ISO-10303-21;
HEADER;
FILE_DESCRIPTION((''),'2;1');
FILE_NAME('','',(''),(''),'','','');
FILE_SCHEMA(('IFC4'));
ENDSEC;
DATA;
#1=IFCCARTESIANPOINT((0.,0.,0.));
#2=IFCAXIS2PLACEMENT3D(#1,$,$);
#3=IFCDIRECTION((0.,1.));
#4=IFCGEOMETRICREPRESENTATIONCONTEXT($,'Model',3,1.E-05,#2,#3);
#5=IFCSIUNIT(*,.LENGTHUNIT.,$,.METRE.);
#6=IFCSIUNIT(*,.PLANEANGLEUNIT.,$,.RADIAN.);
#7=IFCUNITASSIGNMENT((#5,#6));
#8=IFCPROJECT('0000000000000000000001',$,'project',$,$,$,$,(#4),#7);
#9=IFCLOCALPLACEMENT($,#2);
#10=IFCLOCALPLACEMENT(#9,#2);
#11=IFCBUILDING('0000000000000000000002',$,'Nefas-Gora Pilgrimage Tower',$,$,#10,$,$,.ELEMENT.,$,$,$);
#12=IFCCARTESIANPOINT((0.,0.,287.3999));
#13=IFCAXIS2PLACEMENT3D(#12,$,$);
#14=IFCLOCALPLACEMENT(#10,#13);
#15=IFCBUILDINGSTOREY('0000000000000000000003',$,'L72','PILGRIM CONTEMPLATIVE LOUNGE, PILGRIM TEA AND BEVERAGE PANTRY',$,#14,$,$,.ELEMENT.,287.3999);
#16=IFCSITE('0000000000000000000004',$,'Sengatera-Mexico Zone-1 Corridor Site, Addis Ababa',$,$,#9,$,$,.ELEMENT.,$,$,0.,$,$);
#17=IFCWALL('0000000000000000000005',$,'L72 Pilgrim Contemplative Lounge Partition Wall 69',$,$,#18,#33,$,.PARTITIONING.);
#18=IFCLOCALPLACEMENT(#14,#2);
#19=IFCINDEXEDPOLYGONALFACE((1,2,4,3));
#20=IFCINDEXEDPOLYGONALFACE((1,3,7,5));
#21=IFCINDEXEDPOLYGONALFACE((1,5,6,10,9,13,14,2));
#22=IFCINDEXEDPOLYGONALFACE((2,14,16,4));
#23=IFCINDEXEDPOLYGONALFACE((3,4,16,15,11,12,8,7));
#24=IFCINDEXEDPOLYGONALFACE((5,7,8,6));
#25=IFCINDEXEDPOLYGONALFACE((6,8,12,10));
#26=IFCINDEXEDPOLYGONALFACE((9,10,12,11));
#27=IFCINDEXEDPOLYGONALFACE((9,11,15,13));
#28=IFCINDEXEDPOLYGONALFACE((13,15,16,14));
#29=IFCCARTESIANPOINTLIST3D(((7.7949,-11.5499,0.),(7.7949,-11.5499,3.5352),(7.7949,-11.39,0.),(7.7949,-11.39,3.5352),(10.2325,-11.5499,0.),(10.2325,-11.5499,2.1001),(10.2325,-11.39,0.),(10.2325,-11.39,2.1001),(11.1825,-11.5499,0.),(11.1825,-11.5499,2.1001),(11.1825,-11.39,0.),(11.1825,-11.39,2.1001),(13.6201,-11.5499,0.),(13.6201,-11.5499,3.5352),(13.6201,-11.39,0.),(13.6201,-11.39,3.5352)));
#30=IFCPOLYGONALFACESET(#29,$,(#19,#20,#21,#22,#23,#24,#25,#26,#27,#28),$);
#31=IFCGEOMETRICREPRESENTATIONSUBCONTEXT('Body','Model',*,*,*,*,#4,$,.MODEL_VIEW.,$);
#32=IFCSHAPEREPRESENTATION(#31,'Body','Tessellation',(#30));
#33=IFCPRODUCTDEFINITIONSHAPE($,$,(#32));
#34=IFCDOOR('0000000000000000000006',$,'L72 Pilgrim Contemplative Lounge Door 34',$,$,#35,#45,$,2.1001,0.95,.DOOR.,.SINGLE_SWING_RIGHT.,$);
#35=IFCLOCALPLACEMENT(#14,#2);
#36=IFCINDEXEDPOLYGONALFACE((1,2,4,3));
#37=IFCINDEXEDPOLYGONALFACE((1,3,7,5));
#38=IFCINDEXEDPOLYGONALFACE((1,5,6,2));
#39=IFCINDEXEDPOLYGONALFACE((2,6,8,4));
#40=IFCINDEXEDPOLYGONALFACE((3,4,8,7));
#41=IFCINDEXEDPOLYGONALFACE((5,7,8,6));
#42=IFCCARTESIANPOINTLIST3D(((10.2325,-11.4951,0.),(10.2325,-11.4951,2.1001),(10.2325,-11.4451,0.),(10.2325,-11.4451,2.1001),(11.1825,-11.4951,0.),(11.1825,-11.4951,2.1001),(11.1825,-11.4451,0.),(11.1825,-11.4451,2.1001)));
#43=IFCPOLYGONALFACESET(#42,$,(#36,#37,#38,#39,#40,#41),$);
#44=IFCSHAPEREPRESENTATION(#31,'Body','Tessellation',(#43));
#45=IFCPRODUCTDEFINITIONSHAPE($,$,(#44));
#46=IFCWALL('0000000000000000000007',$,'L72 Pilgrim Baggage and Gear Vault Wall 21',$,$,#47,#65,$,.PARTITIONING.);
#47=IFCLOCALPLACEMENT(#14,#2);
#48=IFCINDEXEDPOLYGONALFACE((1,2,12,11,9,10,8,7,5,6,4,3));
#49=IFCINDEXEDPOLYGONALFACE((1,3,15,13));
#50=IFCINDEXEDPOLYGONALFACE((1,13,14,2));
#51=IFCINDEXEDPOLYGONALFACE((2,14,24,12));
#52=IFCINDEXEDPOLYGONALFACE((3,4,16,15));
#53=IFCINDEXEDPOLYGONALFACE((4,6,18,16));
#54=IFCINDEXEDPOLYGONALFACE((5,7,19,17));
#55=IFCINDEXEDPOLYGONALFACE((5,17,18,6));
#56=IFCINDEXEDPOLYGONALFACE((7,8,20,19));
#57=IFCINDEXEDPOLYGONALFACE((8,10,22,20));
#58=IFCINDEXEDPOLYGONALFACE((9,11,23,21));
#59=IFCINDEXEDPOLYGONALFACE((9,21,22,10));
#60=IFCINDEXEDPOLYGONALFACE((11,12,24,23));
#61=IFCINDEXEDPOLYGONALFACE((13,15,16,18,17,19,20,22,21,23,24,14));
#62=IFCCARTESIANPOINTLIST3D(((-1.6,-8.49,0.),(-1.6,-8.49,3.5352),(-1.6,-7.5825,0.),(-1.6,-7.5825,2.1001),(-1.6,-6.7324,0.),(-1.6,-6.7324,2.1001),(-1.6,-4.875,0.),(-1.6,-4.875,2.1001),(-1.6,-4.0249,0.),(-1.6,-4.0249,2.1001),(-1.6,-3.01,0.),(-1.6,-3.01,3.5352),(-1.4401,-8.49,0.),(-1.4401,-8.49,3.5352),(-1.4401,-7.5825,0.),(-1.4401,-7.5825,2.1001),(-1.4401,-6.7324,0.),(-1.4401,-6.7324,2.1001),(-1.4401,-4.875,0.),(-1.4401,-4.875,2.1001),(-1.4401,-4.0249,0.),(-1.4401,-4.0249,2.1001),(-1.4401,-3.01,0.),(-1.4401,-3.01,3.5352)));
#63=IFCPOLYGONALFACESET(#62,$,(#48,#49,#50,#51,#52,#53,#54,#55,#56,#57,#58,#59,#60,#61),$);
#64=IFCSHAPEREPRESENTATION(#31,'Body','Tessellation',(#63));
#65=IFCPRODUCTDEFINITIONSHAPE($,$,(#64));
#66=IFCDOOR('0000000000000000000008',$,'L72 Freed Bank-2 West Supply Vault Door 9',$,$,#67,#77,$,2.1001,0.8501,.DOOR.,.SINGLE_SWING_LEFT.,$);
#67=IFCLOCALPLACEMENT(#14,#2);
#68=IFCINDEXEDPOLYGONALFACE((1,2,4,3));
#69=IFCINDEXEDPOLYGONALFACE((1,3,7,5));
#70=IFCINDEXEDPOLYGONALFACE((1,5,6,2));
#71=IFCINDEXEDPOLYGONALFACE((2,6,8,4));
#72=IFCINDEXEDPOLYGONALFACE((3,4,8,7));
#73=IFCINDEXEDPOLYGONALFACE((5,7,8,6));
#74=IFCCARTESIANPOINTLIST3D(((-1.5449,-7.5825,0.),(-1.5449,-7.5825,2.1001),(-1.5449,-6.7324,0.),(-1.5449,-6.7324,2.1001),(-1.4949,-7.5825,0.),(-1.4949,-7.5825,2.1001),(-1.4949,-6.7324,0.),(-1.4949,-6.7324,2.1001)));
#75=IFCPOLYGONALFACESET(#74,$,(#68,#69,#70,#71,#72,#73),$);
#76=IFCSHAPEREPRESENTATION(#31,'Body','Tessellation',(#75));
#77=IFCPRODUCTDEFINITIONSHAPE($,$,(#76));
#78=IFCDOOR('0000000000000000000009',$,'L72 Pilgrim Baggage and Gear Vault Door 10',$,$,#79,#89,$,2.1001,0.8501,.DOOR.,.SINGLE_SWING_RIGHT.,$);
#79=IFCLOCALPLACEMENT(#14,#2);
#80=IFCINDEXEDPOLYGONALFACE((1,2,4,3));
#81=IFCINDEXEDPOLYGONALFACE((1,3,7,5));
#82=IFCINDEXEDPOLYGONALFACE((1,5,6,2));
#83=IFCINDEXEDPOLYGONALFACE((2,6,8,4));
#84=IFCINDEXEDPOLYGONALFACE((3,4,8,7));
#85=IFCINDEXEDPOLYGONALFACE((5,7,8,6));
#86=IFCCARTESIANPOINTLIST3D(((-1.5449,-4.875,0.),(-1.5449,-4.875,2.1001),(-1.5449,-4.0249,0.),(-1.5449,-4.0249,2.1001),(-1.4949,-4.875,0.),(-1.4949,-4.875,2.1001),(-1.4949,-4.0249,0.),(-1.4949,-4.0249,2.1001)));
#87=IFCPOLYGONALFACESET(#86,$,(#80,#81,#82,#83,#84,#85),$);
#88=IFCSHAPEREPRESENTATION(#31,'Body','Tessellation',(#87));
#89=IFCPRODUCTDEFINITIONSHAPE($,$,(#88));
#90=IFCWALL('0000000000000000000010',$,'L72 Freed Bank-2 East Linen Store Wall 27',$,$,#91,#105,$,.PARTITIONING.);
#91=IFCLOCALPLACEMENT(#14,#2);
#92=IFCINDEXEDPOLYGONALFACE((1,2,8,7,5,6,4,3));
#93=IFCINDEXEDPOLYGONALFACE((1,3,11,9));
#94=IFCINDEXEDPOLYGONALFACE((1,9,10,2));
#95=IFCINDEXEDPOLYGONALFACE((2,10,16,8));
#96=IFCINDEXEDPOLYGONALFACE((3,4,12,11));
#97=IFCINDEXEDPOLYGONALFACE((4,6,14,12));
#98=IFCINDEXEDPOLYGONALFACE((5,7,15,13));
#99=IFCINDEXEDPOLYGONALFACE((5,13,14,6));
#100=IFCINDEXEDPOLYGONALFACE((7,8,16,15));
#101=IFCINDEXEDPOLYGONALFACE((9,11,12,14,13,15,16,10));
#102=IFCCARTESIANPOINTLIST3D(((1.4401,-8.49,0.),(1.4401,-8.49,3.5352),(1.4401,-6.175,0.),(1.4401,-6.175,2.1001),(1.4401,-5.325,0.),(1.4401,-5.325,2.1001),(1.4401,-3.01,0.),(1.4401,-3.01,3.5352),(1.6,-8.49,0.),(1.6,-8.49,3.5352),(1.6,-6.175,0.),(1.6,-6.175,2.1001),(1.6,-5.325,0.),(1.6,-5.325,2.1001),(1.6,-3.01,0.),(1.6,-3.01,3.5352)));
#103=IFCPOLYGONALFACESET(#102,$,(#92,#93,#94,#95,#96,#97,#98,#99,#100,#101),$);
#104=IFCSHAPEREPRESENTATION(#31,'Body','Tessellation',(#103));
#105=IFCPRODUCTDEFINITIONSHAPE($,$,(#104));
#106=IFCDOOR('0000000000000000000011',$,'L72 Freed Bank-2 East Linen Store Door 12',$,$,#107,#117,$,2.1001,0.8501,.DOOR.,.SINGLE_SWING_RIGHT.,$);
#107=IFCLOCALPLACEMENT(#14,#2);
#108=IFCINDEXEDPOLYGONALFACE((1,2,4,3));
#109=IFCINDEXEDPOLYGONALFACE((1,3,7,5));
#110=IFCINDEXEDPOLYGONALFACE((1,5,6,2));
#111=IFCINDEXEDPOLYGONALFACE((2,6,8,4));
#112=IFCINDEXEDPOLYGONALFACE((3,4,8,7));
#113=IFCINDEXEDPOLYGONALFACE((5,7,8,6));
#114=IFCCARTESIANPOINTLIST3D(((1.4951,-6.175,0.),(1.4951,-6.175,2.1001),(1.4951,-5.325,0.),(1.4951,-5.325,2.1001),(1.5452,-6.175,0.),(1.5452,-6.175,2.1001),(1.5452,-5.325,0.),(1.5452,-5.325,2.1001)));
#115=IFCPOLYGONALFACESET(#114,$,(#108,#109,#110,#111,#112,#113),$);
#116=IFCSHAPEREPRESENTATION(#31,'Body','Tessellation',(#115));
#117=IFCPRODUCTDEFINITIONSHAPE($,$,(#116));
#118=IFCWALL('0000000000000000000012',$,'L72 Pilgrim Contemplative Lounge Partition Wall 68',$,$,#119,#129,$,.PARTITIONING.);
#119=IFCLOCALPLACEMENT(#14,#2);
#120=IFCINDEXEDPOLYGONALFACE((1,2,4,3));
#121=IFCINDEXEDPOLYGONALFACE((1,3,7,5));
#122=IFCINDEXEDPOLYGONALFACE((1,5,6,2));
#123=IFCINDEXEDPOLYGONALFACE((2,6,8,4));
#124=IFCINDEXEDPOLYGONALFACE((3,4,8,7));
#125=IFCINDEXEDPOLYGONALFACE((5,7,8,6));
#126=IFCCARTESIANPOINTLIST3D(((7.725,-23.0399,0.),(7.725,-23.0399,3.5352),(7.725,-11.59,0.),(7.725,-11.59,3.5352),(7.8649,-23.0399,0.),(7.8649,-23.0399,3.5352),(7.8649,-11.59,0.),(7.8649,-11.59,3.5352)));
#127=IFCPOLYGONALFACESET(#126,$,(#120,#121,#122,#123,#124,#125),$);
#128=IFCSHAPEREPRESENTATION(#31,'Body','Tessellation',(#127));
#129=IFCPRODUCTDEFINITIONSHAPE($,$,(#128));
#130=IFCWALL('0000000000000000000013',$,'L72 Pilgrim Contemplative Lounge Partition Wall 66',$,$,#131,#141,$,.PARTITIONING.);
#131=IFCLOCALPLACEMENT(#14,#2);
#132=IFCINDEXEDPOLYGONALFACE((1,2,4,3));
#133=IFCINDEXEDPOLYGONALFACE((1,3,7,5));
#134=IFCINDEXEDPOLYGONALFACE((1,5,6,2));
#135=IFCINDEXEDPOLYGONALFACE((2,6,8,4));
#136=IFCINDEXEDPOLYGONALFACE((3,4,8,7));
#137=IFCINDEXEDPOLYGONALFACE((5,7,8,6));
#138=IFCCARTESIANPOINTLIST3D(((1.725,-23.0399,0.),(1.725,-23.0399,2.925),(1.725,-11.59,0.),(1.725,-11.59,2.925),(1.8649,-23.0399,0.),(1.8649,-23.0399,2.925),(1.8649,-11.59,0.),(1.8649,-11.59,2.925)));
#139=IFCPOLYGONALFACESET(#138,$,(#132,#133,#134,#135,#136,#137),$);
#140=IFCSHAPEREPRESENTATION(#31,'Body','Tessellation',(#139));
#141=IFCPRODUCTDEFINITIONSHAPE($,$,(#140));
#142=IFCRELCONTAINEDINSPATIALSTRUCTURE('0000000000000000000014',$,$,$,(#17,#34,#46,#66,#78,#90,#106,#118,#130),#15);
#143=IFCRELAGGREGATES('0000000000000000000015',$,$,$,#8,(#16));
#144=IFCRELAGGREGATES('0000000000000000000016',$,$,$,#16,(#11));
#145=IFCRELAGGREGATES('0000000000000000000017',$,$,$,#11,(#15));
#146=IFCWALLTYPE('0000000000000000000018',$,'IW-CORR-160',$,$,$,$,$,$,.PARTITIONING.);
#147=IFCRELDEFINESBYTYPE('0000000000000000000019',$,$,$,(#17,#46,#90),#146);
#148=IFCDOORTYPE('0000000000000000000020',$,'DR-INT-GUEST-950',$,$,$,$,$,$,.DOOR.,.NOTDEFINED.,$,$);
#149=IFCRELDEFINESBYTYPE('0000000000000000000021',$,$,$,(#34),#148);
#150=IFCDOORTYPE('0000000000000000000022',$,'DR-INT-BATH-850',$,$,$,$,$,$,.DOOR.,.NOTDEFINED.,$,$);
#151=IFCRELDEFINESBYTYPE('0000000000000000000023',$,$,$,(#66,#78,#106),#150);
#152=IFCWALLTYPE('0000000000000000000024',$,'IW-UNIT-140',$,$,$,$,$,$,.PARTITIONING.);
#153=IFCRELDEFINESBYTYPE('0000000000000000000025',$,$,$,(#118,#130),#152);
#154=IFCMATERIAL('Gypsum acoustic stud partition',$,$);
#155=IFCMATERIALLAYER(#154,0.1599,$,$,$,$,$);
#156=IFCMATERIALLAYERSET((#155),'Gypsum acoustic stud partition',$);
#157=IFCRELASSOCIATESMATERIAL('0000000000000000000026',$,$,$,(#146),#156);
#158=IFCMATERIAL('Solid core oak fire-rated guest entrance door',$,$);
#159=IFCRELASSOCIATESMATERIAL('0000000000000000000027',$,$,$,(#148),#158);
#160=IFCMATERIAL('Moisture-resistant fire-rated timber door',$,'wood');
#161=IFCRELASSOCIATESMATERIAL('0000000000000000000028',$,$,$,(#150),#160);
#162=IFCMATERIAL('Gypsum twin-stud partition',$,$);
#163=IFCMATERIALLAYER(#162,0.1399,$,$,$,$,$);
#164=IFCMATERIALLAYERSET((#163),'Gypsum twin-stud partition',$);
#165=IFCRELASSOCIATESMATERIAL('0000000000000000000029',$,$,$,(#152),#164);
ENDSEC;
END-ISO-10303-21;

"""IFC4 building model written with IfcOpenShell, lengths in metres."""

from ifc_helpers import new_model, si_unit, direction, frame, frame_2d, origin, place, context, subcontext, project, spatial, rectangle, extrude, source, transform, mapped, material, layer, layer_set, type_object, element, fill, save


model = new_model("IFC4")

# Units and contexts
model_context = context("Model", 3, precision=1e-05, world=origin(), true_north=direction((0.0, 1.0)))
body_context = subcontext(model_context, "Body", "Model", "MODEL_VIEW")
ifc_project = project(units=[si_unit("LENGTHUNIT", "METRE"), si_unit("PLANEANGLEUNIT", "RADIAN")], contexts=[model_context])

# Site, building, storey
site_placement = place(None, origin())
site = spatial("IfcSite", under=ifc_project, at=site_placement, Name="Sengatera-Mexico Zone-1 Corridor Site, Addis Ababa", CompositionType="ELEMENT", RefElevation=0.0)
building_placement = place(site_placement, origin())
building = spatial("IfcBuilding", under=site, at=building_placement, Name="Nefas-Gora Pilgrimage Tower", CompositionType="ELEMENT")
storey_placement = place(building_placement, frame((0.0, 0.0, 287.3999)))
storey = spatial("IfcBuildingStorey", under=building, at=storey_placement, Name="L72", Description="PILGRIM CONTEMPLATIVE LOUNGE, PILGRIM TEA AND BEVERAGE PANTRY", CompositionType="ELEMENT", Elevation=287.3999)

# Wall, opening, door
ifc_material_1 = material(Name="Gypsum acoustic stud partition")
ifc_layer_1 = layer(ifc_material_1, 0.1599)
ifc_layer_set_1 = layer_set([ifc_layer_1], Name="Gypsum acoustic stud partition")
wall_type_1 = type_object("IfcWallType", Name="IW-CORR-160", PredefinedType="PARTITIONING", material=ifc_layer_set_1)
ifc_material_2 = material(Name="Solid core oak fire-rated guest entrance door")
door_type_1 = type_object("IfcDoorType", Name="DR-INT-GUEST-950", OperationType="NOTDEFINED", PredefinedType="DOOR", material=ifc_material_2)
shared_shape_1 = source(origin(), body_context, "Body", "SweptSolid", [
    extrude(rectangle(XDim=0.95, YDim=2.1001, at=frame_2d((0.4751, 1.05))), frame((0.0, 0.0249, 0.0), z_axis=(0.0, -1.0, 0.0), x_axis=(1.0, 0.0, 0.0)), (0.0, 0.0, 1.0), 0.05),
])
shared_shape_2 = source(origin(), body_context, "Body", "SweptSolid", [
    extrude(rectangle(XDim=5.8252, YDim=0.1599, at=frame_2d((2.9126, 0.0))), origin(), (0.0, 0.0, 1.0), 3.5352),
])
wall_1_placement = place(storey_placement, frame((7.7949, -11.47, 0.0), z_axis=(0.0, 0.0, 1.0), x_axis=(1.0, 0.0, 0.0)))
wall_1 = element("IfcWall", 1, at=wall_1_placement, inside=storey, type_object=wall_type_1, Name="L72 Pilgrim Contemplative Lounge Partition Wall 69", PredefinedType="PARTITIONING", context=body_context, shape_type="MappedRepresentation", body=[
    mapped(shared_shape_2, transform((0.0, 0.0, 0.0), x_axis=(1.0, 0.0, 0.0), y_axis=(0.0, 1.0, 0.0), z_axis=(0.0, 0.0, 1.0), scale=1.0)),
])
opening_1_placement = place(wall_1_placement, frame((2.4375, 0.0, 0.0)))
opening_1 = element("IfcOpeningElement", 2, at=opening_1_placement, cuts=wall_1, PredefinedType="OPENING", context=body_context, shape_type="SweptSolid", body=[
    extrude(rectangle(XDim=0.95, YDim=2.1001, at=frame_2d((0.4751, 1.05))), frame((0.0, 0.0898, 0.0), z_axis=(0.0, -1.0, 0.0), x_axis=(1.0, 0.0, 0.0)), (0.0, 0.0, 1.0), 0.1799),
])
door_1_placement = place(opening_1_placement, origin())
door_1 = element("IfcDoor", 3, at=door_1_placement, inside=storey, type_object=door_type_1, Name="L72 Pilgrim Contemplative Lounge Door 34", OperationType="SINGLE_SWING_RIGHT", OverallHeight=2.1001, OverallWidth=0.95, PredefinedType="DOOR", context=body_context, shape_type="MappedRepresentation", body=[
    mapped(shared_shape_1, transform((0.0, 0.0, 0.0), x_axis=(1.0, 0.0, 0.0), y_axis=(0.0, 1.0, 0.0), z_axis=(0.0, 0.0, 1.0), scale=1.0)),
])
fill(opening_1, door_1)

# Wall, openings, doors
shared_shape_3 = source(origin(), body_context, "Body", "SweptSolid", [
    extrude(rectangle(XDim=5.48, YDim=0.1599, at=frame_2d((2.74, 0.0))), origin(), (0.0, 0.0, 1.0), 3.5352),
])
wall_2_placement = place(storey_placement, frame((-1.52, -8.49, 0.0), z_axis=(0.0, 0.0, 1.0), x_axis=(0.0, 1.0, 0.0)))
wall_2 = element("IfcWall", 4, at=wall_2_placement, inside=storey, type_object=wall_type_1, Name="L72 Pilgrim Baggage and Gear Vault Wall 21", PredefinedType="PARTITIONING", context=body_context, shape_type="MappedRepresentation", body=[
    mapped(shared_shape_3, transform((0.0, 0.0, 0.0), x_axis=(1.0, 0.0, 0.0), y_axis=(0.0, 1.0, 0.0), z_axis=(0.0, 0.0, 1.0), scale=1.0)),
])
opening_2_placement = place(wall_2_placement, frame((0.9075, 0.0, 0.0)))
opening_2 = element("IfcOpeningElement", 5, at=opening_2_placement, cuts=wall_2, PredefinedType="OPENING", context=body_context, shape_type="SweptSolid", body=[
    extrude(rectangle(XDim=0.8501, YDim=2.1001, at=frame_2d((0.425, 1.05))), frame((0.0, 0.0898, 0.0), z_axis=(0.0, -1.0, 0.0), x_axis=(1.0, 0.0, 0.0)), (0.0, 0.0, 1.0), 0.1799),
])
opening_3_placement = place(wall_2_placement, frame((3.615, 0.0, 0.0)))
opening_3 = element("IfcOpeningElement", 6, at=opening_3_placement, cuts=wall_2, PredefinedType="OPENING", context=body_context, shape_type="SweptSolid", body=[
    extrude(rectangle(XDim=0.8501, YDim=2.1001, at=frame_2d((0.425, 1.05))), frame((0.0, 0.0898, 0.0), z_axis=(0.0, -1.0, 0.0), x_axis=(1.0, 0.0, 0.0)), (0.0, 0.0, 1.0), 0.1799),
])
ifc_material_3 = material(Name="Moisture-resistant fire-rated timber door", Category="wood")
door_type_2 = type_object("IfcDoorType", Name="DR-INT-BATH-850", OperationType="NOTDEFINED", PredefinedType="DOOR", material=ifc_material_3)
shared_shape_4 = source(origin(), body_context, "Body", "SweptSolid", [
    extrude(rectangle(XDim=0.8501, YDim=2.1001, at=frame_2d((0.425, 1.05))), frame((0.0, 0.0249, 0.0), z_axis=(0.0, -1.0, 0.0), x_axis=(1.0, 0.0, 0.0)), (0.0, 0.0, 1.0), 0.05),
])
door_2_placement = place(opening_2_placement, origin())
door_2 = element("IfcDoor", 7, at=door_2_placement, inside=storey, type_object=door_type_2, Name="L72 Freed Bank-2 West Supply Vault Door 9", OperationType="SINGLE_SWING_LEFT", OverallHeight=2.1001, OverallWidth=0.8501, PredefinedType="DOOR", context=body_context, shape_type="MappedRepresentation", body=[
    mapped(shared_shape_4, transform((0.0, 0.0, 0.0), x_axis=(1.0, 0.0, 0.0), y_axis=(0.0, 1.0, 0.0), z_axis=(0.0, 0.0, 1.0), scale=1.0)),
])
fill(opening_2, door_2)
door_3_placement = place(opening_3_placement, origin())
door_3 = element("IfcDoor", 8, at=door_3_placement, inside=storey, type_object=door_type_2, Name="L72 Pilgrim Baggage and Gear Vault Door 10", OperationType="SINGLE_SWING_RIGHT", OverallHeight=2.1001, OverallWidth=0.8501, PredefinedType="DOOR", context=body_context, shape_type="MappedRepresentation", body=[
    mapped(shared_shape_4, transform((0.0, 0.0, 0.0), x_axis=(1.0, 0.0, 0.0), y_axis=(0.0, 1.0, 0.0), z_axis=(0.0, 0.0, 1.0), scale=1.0)),
])
fill(opening_3, door_3)

# Wall, opening, door
wall_3_placement = place(storey_placement, frame((1.52, -8.49, 0.0), z_axis=(0.0, 0.0, 1.0), x_axis=(0.0, 1.0, 0.0)))
wall_3 = element("IfcWall", 9, at=wall_3_placement, inside=storey, type_object=wall_type_1, Name="L72 Freed Bank-2 East Linen Store Wall 27", PredefinedType="PARTITIONING", context=body_context, shape_type="MappedRepresentation", body=[
    mapped(shared_shape_3, transform((0.0, 0.0, 0.0), x_axis=(1.0, 0.0, 0.0), y_axis=(0.0, 1.0, 0.0), z_axis=(0.0, 0.0, 1.0), scale=1.0)),
])
opening_4_placement = place(wall_3_placement, frame((2.3149, 0.0, 0.0)))
opening_4 = element("IfcOpeningElement", 10, at=opening_4_placement, cuts=wall_3, PredefinedType="OPENING", context=body_context, shape_type="SweptSolid", body=[
    extrude(rectangle(XDim=0.8501, YDim=2.1001, at=frame_2d((0.425, 1.05))), frame((0.0, 0.0898, 0.0), z_axis=(0.0, -1.0, 0.0), x_axis=(1.0, 0.0, 0.0)), (0.0, 0.0, 1.0), 0.1799),
])
door_4_placement = place(opening_4_placement, origin())
door_4 = element("IfcDoor", 11, at=door_4_placement, inside=storey, type_object=door_type_2, Name="L72 Freed Bank-2 East Linen Store Door 12", OperationType="SINGLE_SWING_RIGHT", OverallHeight=2.1001, OverallWidth=0.8501, PredefinedType="DOOR", context=body_context, shape_type="MappedRepresentation", body=[
    mapped(shared_shape_4, transform((0.0, 0.0, 0.0), x_axis=(1.0, 0.0, 0.0), y_axis=(0.0, 1.0, 0.0), z_axis=(0.0, 0.0, 1.0), scale=1.0)),
])
fill(opening_4, door_4)

# Walls
ifc_material_4 = material(Name="Gypsum twin-stud partition")
ifc_layer_2 = layer(ifc_material_4, 0.1399)
ifc_layer_set_2 = layer_set([ifc_layer_2], Name="Gypsum twin-stud partition")
wall_type_2 = type_object("IfcWallType", Name="IW-UNIT-140", PredefinedType="PARTITIONING", material=ifc_layer_set_2)
shared_shape_5 = source(origin(), body_context, "Body", "SweptSolid", [
    extrude(rectangle(XDim=11.45, YDim=0.1399, at=frame_2d((5.7251, 0.0))), origin(), (0.0, 0.0, 1.0), 3.5352),
])
wall_4_placement = place(storey_placement, frame((7.7949, -23.04, 0.0), z_axis=(0.0, 0.0, 1.0), x_axis=(0.0, 1.0, 0.0)))
element("IfcWall", 12, at=wall_4_placement, inside=storey, type_object=wall_type_2, Name="L72 Pilgrim Contemplative Lounge Partition Wall 68", PredefinedType="PARTITIONING", context=body_context, shape_type="MappedRepresentation", body=[
    mapped(shared_shape_5, transform((0.0, 0.0, 0.0), x_axis=(1.0, 0.0, 0.0), y_axis=(0.0, 1.0, 0.0), z_axis=(0.0, 0.0, 1.0), scale=1.0)),
])
shared_shape_6 = source(origin(), body_context, "Body", "SweptSolid", [
    extrude(rectangle(XDim=11.45, YDim=0.1399, at=frame_2d((5.7251, 0.0))), origin(), (0.0, 0.0, 1.0), 2.925),
])
wall_5_placement = place(storey_placement, frame((1.7949, -23.04, 0.0), z_axis=(0.0, 0.0, 1.0), x_axis=(0.0, 1.0, 0.0)))
element("IfcWall", 13, at=wall_5_placement, inside=storey, type_object=wall_type_2, Name="L72 Pilgrim Contemplative Lounge Partition Wall 66", PredefinedType="PARTITIONING", context=body_context, shape_type="MappedRepresentation", body=[
    mapped(shared_shape_6, transform((0.0, 0.0, 0.0), x_axis=(1.0, 0.0, 0.0), y_axis=(0.0, 1.0, 0.0), z_axis=(0.0, 0.0, 1.0), scale=1.0)),
])

save(model, "model.ifc")
